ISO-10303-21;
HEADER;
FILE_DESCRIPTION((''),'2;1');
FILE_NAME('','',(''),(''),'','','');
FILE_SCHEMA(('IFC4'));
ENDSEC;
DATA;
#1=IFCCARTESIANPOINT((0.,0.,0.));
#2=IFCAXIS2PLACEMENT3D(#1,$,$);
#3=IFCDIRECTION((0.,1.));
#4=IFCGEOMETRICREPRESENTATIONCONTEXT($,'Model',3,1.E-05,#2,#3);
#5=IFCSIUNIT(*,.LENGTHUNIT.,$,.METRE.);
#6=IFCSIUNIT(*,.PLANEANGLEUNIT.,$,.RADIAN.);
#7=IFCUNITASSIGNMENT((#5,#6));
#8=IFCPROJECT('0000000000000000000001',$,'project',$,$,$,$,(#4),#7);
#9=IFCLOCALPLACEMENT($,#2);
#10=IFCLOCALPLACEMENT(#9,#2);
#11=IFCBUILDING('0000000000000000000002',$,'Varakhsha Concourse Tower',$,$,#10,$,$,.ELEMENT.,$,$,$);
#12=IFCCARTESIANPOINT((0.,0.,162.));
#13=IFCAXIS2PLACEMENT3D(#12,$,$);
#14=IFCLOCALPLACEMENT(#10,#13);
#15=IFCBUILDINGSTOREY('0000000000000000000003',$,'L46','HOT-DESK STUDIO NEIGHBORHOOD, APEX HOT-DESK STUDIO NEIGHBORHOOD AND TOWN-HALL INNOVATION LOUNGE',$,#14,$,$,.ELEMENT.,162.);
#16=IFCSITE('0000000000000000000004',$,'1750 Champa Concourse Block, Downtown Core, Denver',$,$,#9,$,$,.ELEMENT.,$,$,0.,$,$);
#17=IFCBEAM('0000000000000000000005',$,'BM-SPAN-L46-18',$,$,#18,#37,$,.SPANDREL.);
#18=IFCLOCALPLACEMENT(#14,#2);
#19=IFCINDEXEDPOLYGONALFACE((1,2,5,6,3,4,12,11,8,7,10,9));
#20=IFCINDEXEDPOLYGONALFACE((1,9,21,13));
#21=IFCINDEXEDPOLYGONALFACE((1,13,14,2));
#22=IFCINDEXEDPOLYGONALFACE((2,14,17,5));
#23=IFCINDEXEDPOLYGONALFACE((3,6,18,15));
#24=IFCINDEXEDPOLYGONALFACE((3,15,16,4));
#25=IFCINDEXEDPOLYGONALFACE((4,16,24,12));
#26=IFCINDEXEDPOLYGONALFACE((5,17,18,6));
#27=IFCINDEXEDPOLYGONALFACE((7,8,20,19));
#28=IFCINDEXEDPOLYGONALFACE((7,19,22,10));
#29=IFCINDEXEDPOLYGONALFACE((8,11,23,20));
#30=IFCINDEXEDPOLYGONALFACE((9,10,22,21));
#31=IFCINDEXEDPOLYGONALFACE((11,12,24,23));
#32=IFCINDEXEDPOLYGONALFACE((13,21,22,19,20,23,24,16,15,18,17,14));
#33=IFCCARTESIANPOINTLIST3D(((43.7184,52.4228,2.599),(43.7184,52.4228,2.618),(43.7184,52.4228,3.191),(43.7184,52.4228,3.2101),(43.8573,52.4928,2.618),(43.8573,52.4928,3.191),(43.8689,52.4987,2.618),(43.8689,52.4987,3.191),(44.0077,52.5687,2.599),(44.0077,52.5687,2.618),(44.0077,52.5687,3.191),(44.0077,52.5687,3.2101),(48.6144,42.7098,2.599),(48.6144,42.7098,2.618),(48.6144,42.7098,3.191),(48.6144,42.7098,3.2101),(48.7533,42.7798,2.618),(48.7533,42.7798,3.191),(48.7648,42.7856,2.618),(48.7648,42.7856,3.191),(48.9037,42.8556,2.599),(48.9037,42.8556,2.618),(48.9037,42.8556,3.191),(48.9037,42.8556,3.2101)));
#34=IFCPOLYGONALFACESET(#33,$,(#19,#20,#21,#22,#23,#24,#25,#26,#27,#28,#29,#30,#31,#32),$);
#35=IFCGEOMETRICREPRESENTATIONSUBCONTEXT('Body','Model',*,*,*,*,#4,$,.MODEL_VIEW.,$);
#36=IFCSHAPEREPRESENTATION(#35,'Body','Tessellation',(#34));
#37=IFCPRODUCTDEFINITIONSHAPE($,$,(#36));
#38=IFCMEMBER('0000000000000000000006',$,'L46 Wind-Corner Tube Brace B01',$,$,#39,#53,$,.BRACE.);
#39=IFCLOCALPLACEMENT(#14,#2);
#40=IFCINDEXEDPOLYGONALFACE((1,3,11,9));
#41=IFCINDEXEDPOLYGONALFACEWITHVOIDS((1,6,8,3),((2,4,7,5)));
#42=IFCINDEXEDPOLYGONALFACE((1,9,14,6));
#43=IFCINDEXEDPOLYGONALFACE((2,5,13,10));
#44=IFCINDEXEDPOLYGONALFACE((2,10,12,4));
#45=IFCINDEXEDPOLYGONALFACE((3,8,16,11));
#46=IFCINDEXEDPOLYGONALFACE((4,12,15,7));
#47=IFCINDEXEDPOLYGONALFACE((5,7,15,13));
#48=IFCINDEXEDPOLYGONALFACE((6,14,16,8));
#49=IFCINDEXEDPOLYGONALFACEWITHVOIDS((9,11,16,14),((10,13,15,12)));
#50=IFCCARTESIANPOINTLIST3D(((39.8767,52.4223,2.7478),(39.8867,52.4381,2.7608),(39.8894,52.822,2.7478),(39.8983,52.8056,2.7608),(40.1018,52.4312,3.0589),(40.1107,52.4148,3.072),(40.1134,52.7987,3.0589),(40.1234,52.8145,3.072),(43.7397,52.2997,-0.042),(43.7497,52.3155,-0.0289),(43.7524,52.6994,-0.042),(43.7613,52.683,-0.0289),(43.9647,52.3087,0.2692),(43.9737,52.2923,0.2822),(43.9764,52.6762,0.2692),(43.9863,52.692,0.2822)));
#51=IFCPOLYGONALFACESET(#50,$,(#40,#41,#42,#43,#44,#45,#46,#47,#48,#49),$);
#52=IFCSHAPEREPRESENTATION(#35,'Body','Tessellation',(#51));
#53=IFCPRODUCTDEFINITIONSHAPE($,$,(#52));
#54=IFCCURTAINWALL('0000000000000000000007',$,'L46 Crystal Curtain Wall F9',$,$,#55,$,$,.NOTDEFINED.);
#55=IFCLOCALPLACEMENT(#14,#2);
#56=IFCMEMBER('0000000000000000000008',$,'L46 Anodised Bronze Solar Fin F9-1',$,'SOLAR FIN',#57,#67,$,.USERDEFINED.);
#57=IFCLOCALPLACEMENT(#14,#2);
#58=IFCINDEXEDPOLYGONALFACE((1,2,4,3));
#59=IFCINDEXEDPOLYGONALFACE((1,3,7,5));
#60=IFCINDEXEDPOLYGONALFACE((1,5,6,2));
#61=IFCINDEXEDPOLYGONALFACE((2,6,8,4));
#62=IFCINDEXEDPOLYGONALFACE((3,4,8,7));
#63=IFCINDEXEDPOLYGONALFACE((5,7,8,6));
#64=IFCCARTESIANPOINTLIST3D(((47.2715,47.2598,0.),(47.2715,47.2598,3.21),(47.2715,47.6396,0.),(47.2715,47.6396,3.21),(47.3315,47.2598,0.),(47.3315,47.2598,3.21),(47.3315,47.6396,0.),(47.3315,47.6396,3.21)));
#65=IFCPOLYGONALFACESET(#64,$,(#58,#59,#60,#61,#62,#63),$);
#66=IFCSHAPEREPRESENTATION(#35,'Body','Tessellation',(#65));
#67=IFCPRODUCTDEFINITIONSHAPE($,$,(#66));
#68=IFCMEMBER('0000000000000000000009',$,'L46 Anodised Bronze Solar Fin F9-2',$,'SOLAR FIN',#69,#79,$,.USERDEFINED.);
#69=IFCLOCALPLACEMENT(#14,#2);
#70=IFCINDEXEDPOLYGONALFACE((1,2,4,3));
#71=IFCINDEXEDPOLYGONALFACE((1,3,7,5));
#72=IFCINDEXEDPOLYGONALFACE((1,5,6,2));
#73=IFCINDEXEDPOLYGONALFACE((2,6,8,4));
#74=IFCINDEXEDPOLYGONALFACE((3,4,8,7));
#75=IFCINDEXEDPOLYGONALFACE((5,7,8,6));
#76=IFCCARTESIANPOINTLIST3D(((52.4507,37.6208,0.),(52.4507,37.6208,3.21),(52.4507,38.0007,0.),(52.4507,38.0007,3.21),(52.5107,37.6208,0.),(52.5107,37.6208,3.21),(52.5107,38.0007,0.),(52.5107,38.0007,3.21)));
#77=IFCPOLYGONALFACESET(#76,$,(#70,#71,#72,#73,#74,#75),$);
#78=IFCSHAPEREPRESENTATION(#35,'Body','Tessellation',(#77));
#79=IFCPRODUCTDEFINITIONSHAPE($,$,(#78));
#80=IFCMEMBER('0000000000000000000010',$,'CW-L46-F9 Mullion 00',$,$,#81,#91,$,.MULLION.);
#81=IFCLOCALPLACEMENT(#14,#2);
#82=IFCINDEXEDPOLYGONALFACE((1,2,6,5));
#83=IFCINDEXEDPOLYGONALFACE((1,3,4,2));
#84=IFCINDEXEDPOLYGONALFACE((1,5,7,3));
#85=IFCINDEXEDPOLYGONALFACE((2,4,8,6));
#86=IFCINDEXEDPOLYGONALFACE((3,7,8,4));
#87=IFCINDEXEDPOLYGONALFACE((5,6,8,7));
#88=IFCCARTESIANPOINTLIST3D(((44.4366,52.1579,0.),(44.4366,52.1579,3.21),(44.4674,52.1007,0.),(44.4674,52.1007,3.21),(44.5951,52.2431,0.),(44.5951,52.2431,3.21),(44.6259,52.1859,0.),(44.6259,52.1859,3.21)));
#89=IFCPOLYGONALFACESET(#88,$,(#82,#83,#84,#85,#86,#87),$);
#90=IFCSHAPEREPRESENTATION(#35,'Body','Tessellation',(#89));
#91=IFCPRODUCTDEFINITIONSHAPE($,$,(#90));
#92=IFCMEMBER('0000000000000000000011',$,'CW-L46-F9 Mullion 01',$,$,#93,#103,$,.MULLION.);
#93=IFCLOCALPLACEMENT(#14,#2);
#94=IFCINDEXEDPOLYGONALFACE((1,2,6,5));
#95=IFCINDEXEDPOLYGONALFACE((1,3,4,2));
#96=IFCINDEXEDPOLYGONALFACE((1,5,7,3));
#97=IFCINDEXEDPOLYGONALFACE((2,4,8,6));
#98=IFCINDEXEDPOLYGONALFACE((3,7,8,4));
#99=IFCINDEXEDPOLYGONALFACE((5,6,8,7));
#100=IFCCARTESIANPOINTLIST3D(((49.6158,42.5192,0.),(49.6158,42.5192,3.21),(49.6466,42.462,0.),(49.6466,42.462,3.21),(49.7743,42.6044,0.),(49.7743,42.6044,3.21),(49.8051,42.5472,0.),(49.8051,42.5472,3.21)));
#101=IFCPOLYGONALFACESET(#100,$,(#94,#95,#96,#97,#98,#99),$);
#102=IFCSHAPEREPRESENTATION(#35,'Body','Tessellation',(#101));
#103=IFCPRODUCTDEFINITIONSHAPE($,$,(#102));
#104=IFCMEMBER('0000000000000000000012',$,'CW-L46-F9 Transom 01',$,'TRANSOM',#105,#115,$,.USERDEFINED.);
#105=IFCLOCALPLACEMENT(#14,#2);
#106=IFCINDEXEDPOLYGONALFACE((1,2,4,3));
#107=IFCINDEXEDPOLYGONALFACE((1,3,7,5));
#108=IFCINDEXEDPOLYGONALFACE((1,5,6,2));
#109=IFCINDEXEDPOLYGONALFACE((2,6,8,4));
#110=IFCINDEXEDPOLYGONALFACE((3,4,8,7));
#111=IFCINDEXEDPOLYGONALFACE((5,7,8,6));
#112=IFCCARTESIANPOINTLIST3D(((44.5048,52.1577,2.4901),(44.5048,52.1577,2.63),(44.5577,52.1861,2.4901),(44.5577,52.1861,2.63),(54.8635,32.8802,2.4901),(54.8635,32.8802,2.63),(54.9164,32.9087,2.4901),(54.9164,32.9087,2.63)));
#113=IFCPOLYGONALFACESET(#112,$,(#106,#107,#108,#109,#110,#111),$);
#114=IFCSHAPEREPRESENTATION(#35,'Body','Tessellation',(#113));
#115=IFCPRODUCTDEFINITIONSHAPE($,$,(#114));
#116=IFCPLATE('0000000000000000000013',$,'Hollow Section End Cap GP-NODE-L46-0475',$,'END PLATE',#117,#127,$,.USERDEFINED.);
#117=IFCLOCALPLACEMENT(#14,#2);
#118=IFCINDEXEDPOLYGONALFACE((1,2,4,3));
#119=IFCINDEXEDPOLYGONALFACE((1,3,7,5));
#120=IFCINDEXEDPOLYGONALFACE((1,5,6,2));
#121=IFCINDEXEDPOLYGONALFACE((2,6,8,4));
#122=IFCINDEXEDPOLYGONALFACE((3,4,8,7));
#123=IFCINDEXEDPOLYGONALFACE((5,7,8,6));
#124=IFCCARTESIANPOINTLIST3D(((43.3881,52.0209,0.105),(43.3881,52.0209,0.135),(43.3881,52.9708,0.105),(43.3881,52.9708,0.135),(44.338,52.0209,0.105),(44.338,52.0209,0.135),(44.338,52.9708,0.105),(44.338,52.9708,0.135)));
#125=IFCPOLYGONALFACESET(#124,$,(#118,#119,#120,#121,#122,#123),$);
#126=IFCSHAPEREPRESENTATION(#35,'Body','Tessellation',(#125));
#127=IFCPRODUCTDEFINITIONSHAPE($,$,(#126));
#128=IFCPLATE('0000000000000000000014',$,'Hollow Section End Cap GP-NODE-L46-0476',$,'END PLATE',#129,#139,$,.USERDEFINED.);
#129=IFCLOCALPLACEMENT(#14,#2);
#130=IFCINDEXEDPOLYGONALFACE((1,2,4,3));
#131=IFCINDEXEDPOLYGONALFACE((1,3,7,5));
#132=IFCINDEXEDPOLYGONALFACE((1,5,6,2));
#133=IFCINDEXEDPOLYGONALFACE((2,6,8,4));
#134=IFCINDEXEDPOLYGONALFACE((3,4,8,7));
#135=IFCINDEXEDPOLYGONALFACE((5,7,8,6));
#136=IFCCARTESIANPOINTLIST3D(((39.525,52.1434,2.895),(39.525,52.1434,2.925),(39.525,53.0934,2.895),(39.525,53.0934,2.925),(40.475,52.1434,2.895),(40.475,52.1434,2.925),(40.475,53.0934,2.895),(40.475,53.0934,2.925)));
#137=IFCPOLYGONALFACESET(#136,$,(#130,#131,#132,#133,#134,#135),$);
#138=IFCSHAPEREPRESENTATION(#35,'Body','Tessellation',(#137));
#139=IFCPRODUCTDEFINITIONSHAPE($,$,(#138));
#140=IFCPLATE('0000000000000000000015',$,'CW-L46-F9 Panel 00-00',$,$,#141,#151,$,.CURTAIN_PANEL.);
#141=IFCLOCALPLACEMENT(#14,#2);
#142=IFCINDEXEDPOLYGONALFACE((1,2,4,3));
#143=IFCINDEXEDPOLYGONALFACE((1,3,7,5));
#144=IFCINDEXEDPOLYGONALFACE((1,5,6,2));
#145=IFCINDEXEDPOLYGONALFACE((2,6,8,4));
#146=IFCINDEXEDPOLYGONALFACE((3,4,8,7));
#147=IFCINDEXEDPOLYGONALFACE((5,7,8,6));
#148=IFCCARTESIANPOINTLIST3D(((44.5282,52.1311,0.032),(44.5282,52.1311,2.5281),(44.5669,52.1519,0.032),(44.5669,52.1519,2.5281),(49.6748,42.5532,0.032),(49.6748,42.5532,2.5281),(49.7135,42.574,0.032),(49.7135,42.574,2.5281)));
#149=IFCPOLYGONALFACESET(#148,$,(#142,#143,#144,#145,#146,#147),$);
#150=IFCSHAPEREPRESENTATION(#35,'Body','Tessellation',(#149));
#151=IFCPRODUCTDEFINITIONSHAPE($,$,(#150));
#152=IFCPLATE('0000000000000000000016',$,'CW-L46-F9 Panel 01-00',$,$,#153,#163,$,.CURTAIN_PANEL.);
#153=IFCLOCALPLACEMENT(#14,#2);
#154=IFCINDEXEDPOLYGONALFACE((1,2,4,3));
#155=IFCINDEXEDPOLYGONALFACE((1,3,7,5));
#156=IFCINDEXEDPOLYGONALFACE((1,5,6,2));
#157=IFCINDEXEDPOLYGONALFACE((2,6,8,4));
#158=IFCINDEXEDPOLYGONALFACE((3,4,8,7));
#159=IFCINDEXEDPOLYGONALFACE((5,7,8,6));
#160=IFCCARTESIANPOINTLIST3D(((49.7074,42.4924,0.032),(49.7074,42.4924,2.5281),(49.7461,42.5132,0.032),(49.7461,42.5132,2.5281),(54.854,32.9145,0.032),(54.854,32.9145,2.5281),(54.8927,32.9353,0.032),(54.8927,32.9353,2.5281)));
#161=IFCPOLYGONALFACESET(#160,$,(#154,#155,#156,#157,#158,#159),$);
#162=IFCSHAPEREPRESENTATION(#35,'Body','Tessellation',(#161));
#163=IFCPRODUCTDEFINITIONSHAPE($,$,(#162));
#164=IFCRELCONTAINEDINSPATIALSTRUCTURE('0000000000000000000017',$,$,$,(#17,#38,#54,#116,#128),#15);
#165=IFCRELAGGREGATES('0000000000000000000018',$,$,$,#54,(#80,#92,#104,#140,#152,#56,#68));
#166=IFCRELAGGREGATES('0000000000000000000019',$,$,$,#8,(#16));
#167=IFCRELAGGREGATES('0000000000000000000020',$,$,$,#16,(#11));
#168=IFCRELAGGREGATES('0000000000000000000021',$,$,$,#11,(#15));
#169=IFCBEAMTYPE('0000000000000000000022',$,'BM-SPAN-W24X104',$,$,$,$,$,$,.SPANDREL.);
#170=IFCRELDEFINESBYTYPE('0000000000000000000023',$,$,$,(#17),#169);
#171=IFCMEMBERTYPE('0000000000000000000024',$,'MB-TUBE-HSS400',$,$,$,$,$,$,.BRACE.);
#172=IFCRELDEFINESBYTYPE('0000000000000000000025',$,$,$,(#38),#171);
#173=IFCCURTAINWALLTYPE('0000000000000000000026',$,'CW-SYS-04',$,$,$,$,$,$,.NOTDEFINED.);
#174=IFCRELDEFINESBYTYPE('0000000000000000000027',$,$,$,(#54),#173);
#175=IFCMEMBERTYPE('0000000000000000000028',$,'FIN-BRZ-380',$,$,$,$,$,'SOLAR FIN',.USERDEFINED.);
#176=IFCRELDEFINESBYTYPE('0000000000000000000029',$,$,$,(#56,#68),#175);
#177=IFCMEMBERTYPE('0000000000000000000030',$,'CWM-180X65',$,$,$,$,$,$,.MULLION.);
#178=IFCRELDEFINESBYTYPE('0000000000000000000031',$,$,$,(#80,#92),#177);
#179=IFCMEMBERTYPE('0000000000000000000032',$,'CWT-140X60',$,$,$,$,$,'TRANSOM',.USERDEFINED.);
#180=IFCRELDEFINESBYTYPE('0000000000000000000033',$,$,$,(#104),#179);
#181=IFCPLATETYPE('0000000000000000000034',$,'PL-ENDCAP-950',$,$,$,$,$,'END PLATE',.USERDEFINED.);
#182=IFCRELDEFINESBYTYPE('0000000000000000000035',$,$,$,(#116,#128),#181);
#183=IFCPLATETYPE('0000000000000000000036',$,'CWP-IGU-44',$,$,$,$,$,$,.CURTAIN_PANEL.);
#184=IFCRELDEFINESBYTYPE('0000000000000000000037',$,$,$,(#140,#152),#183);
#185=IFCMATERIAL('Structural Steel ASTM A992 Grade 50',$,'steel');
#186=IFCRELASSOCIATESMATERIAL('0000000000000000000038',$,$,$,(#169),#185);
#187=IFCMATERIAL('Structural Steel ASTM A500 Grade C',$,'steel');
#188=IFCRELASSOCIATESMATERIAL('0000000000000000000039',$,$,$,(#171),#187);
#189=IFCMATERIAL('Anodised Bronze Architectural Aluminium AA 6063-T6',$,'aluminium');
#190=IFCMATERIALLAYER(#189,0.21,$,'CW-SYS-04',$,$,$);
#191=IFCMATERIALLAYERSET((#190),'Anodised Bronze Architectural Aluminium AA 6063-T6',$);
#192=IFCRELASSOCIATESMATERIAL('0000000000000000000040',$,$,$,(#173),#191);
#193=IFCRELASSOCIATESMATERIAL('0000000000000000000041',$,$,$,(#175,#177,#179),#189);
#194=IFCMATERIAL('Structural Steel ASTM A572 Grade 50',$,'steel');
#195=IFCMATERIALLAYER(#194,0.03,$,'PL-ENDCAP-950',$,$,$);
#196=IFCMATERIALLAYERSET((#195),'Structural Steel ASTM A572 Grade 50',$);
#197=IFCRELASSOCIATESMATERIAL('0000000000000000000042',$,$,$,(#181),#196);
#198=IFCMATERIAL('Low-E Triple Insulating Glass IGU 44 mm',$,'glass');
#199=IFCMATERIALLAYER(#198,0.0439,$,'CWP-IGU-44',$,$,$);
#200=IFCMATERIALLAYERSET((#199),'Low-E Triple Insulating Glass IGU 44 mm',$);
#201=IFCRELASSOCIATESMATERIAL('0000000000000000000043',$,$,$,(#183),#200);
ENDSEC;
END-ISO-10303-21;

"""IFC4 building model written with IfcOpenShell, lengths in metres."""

from ifc_helpers import new_model, si_unit, direction, frame, origin, origin_2d, place, context, subcontext, project, spatial, rectangle, hollow_rectangle, i_section, extrude, source, transform, mapped, material, layer, layer_set, material_profile, profile_set, type_object, type_shapes, element, aggregate, save


model = new_model("IFC4")

# Units and contexts
model_context = context("Model", 3, precision=1e-05, world=origin(), true_north=direction((0.0, 1.0)))
body_context = subcontext(model_context, "Body", "Model", "MODEL_VIEW")
ifc_project = project(units=[si_unit("LENGTHUNIT", "METRE"), si_unit("PLANEANGLEUNIT", "RADIAN")], contexts=[model_context])

# Site, building, storey
site_placement = place(None, origin())
site = spatial("IfcSite", under=ifc_project, at=site_placement, Name="1750 Champa Concourse Block, Downtown Core, Denver", CompositionType="ELEMENT", RefElevation=0.0)
building_placement = place(site_placement, origin())
building = spatial("IfcBuilding", under=site, at=building_placement, Name="Varakhsha Concourse Tower", CompositionType="ELEMENT")
storey_placement = place(building_placement, frame((0.0, 0.0, 162.0)))
storey = spatial("IfcBuildingStorey", under=building, at=storey_placement, Name="L46", Description="HOT-DESK STUDIO NEIGHBORHOOD, APEX HOT-DESK STUDIO NEIGHBORHOOD AND TOWN-HALL INNOVATION LOUNGE", CompositionType="ELEMENT", Elevation=162.0)

# Shared definitions
ifc_material_1 = material(Name="Structural Steel ASTM A992 Grade 50", Category="steel")
ifc_material_2 = material(Name="Structural Steel ASTM A572 Grade 50", Category="steel")

# Beam
ifc_material_profile_1 = material_profile(ifc_material_1, i_section(OverallWidth=0.324, OverallDepth=0.6111, WebThickness=0.0129, FlangeThickness=0.019, at=origin_2d()), Name="W24X104")
ifc_profile_set_1 = profile_set([ifc_material_profile_1], Name="Structural Steel ASTM A992 Grade 50")
beam_type_1 = type_object("IfcBeamType", Name="BM-SPAN-W24X104", PredefinedType="SPANDREL", material=ifc_profile_set_1)
beam_1_placement = place(storey_placement, frame((48.759, 42.7827, 2.9045), z_axis=(-0.450111, 0.892973, 0.0), x_axis=(-0.892973, -0.450111, 0.0)))
element("IfcBeam", 1, at=beam_1_placement, inside=storey, type_object=beam_type_1, Name="BM-SPAN-L46-18", PredefinedType="SPANDREL", context=body_context, shape_type="SweptSolid", body=[
    extrude(i_section(OverallWidth=0.324, OverallDepth=0.6111, WebThickness=0.0129, FlangeThickness=0.019, at=origin_2d()), origin(), (0.0, 0.0, 1.0), 10.8772),
])

# Member
ifc_material_3 = material(Name="Structural Steel ASTM A500 Grade C", Category="steel")
ifc_material_profile_2 = material_profile(ifc_material_3, hollow_rectangle(XDim=0.3999, YDim=0.3999, WallThickness=0.0161, at=origin_2d()), Name="HSS 400x400x16")
ifc_profile_set_2 = profile_set([ifc_material_profile_2], Name="Structural Steel ASTM A500 Grade C")
member_type_1 = type_object("IfcMemberType", Name="MB-TUBE-HSS400", PredefinedType="BRACE", material=ifc_profile_set_2)
shared_shape_1 = source(origin(), body_context, "Body", "SweptSolid", [
    extrude(hollow_rectangle(XDim=0.3999, YDim=0.3999, WallThickness=0.0161, at=origin_2d()), origin(), (0.0, 0.0, 1.0), 4.7666),
])
type_shapes(member_type_1, [shared_shape_1])
member_1_placement = place(storey_placement, frame((43.863, 52.4958, 0.1201), z_axis=(-0.810429, 0.025712, 0.585273), x_axis=(-0.03171, -0.999497, 0.0)))
element("IfcMember", 2, at=member_1_placement, inside=storey, type_object=member_type_1, Name="L46 Wind-Corner Tube Brace B01", PredefinedType="BRACE", context=body_context, shape_type="MappedRepresentation", body=[
    mapped(shared_shape_1, transform((0.0, 0.0, 0.0), scale=1.0)),
])

# Curtain wall, members
ifc_material_4 = material(Name="Anodised Bronze Architectural Aluminium AA 6063-T6", Category="aluminium")
ifc_layer_1 = layer(ifc_material_4, 0.21, Name="CW-SYS-04")
ifc_layer_set_1 = layer_set([ifc_layer_1], Name="Anodised Bronze Architectural Aluminium AA 6063-T6")
curtain_wall_type = type_object("IfcCurtainWallType", Name="CW-SYS-04", PredefinedType="NOTDEFINED", material=ifc_layer_set_1)
curtain_wall_placement = place(storey_placement, origin())
curtain_wall = element("IfcCurtainWall", 3, at=curtain_wall_placement, inside=storey, type_object=curtain_wall_type, Name="L46 Crystal Curtain Wall F9", PredefinedType="NOTDEFINED")
ifc_material_profile_3 = material_profile(ifc_material_4, rectangle(XDim=0.0601, YDim=0.3799, at=origin_2d()), Name="FIN-BRZ-380")
ifc_profile_set_3 = profile_set([ifc_material_profile_3], Name="Anodised Bronze Architectural Aluminium AA 6063-T6")
member_type_2 = type_object("IfcMemberType", Name="FIN-BRZ-380", ElementType="SOLAR FIN", PredefinedType="USERDEFINED", material=ifc_profile_set_3)
shared_shape_2 = source(origin(), body_context, "Body", "SweptSolid", [
    extrude(rectangle(XDim=0.0601, YDim=0.3799, at=origin_2d()), origin(), (0.0, 0.0, 1.0), 3.21),
])
type_shapes(member_type_2, [shared_shape_2])
member_2_placement = place(storey_placement, frame((47.3015, 47.4497, 0.0), z_axis=(0.0, 0.0, 1.0), x_axis=(1.0, 0.0, 0.0)))
member_2 = element("IfcMember", 4, at=member_2_placement, type_object=member_type_2, Name="L46 Anodised Bronze Solar Fin F9-1", ObjectType="SOLAR FIN", PredefinedType="USERDEFINED", context=body_context, shape_type="MappedRepresentation", body=[
    mapped(shared_shape_2, transform((0.0, 0.0, 0.0), scale=1.0)),
])
member_3_placement = place(storey_placement, frame((52.4807, 37.8108, 0.0), z_axis=(0.0, 0.0, 1.0), x_axis=(1.0, 0.0, 0.0)))
member_3 = element("IfcMember", 5, at=member_3_placement, type_object=member_type_2, Name="L46 Anodised Bronze Solar Fin F9-2", ObjectType="SOLAR FIN", PredefinedType="USERDEFINED", context=body_context, shape_type="MappedRepresentation", body=[
    mapped(shared_shape_2, transform((0.0, 0.0, 0.0), scale=1.0)),
])
ifc_material_profile_4 = material_profile(ifc_material_4, rectangle(XDim=0.0649, YDim=0.1799, at=origin_2d()), Name="CWM-180X65")
ifc_profile_set_4 = profile_set([ifc_material_profile_4], Name="Anodised Bronze Architectural Aluminium AA 6063-T6")
member_type_3 = type_object("IfcMemberType", Name="CWM-180X65", PredefinedType="MULLION", material=ifc_profile_set_4)
shared_shape_3 = source(origin(), body_context, "Body", "SweptSolid", [
    extrude(rectangle(XDim=0.0649, YDim=0.1799, at=origin_2d()), origin(), (0.0, 0.0, 1.0), 3.21),
])
type_shapes(member_type_3, [shared_shape_3])
member_4_placement = place(storey_placement, frame((44.5312, 52.1719, 0.0), z_axis=(0.0, 0.0, 1.0), x_axis=(0.473337, -0.880882, 0.0)))
member_4 = element("IfcMember", 6, at=member_4_placement, type_object=member_type_3, Name="CW-L46-F9 Mullion 00", PredefinedType="MULLION", context=body_context, shape_type="MappedRepresentation", body=[
    mapped(shared_shape_3, transform((0.0, 0.0, 0.0), scale=1.0)),
])
member_5_placement = place(storey_placement, frame((49.7104, 42.5332, 0.0), z_axis=(0.0, 0.0, 1.0), x_axis=(0.473337, -0.880882, 0.0)))
member_5 = element("IfcMember", 7, at=member_5_placement, type_object=member_type_3, Name="CW-L46-F9 Mullion 01", PredefinedType="MULLION", context=body_context, shape_type="MappedRepresentation", body=[
    mapped(shared_shape_3, transform((0.0, 0.0, 0.0), scale=1.0)),
])
ifc_material_profile_5 = material_profile(ifc_material_4, rectangle(XDim=0.0601, YDim=0.1399, at=origin_2d()), Name="CWT-140X60")
ifc_profile_set_5 = profile_set([ifc_material_profile_5], Name="Anodised Bronze Architectural Aluminium AA 6063-T6")
member_type_4 = type_object("IfcMemberType", Name="CWT-140X60", ElementType="TRANSOM", PredefinedType="USERDEFINED", material=ifc_profile_set_5)
shared_shape_4 = source(origin(), body_context, "Body", "SweptSolid", [
    extrude(rectangle(XDim=0.0601, YDim=0.1399, at=origin_2d()), origin(), (0.0, 0.0, 1.0), 21.8843),
])
type_shapes(member_type_4, [shared_shape_4])
member_6_placement = place(storey_placement, frame((44.5312, 52.1719, 2.5601), z_axis=(0.473339, -0.88088, 0.0), x_axis=(0.88088, 0.473339, 0.0)))
member_6 = element("IfcMember", 8, at=member_6_placement, type_object=member_type_4, Name="CW-L46-F9 Transom 01", ObjectType="TRANSOM", PredefinedType="USERDEFINED", context=body_context, shape_type="MappedRepresentation", body=[
    mapped(shared_shape_4, transform((0.0, 0.0, 0.0), scale=1.0)),
])

# Plates
ifc_layer_2 = layer(ifc_material_2, 0.03, Name="PL-ENDCAP-950")
ifc_layer_set_2 = layer_set([ifc_layer_2], Name="Structural Steel ASTM A572 Grade 50")
plate_type_1 = type_object("IfcPlateType", Name="PL-ENDCAP-950", ElementType="END PLATE", PredefinedType="USERDEFINED", material=ifc_layer_set_2)
shared_shape_5 = source(origin(), body_context, "Body", "SweptSolid", [
    extrude(rectangle(XDim=0.95, YDim=0.95, at=origin_2d()), origin(), (0.0, 0.0, 1.0), 0.03),
])
type_shapes(plate_type_1, [shared_shape_5])
for number, where, z_axis, x_axis, name in (
    (9, (43.863, 52.4958, 0.105), (0.0, 0.0, 1.0), (1.0, 0.0, 0.0), "Hollow Section End Cap GP-NODE-L46-0475"),
    (10, (40.0, 52.6184, 2.895), (0.0, 0.0, 1.0), (1.0, 0.0, 0.0), "Hollow Section End Cap GP-NODE-L46-0476"),
):
    element("IfcPlate", number, at=place(storey_placement, frame(where, z_axis=z_axis, x_axis=x_axis)), inside=storey, type_object=plate_type_1, Name=name, ObjectType="END PLATE", PredefinedType="USERDEFINED", context=body_context, shape_type="MappedRepresentation", body=[
        mapped(shared_shape_5, transform((0.0, 0.0, 0.0), scale=1.0)),
    ])

# Plates
ifc_material_5 = material(Name="Low-E Triple Insulating Glass IGU 44 mm", Category="glass")
ifc_layer_3 = layer(ifc_material_5, 0.0439, Name="CWP-IGU-44")
ifc_layer_set_3 = layer_set([ifc_layer_3], Name="Low-E Triple Insulating Glass IGU 44 mm")
plate_type_2 = type_object("IfcPlateType", Name="CWP-IGU-44", PredefinedType="CURTAIN_PANEL", material=ifc_layer_set_3)
shared_shape_6 = source(origin(), body_context, "Body", "SweptSolid", [
    extrude(rectangle(XDim=10.873, YDim=0.0439, at=origin_2d()), origin(), (0.0, 0.0, 1.0), 2.4961),
])
type_shapes(plate_type_2, [shared_shape_6])
plate_1_placement = place(storey_placement, frame((47.1208, 47.3525, 0.032), z_axis=(0.0, 0.0, 1.0), x_axis=(0.473337, -0.880882, 0.0)))
plate_1 = element("IfcPlate", 11, at=plate_1_placement, type_object=plate_type_2, Name="CW-L46-F9 Panel 00-00", PredefinedType="CURTAIN_PANEL", context=body_context, shape_type="MappedRepresentation", body=[
    mapped(shared_shape_6, transform((0.0, 0.0, 0.0), scale=1.0)),
])
plate_2_placement = place(storey_placement, frame((52.3, 37.7139, 0.032), z_axis=(0.0, 0.0, 1.0), x_axis=(0.473337, -0.880882, 0.0)))
plate_2 = element("IfcPlate", 12, at=plate_2_placement, type_object=plate_type_2, Name="CW-L46-F9 Panel 01-00", PredefinedType="CURTAIN_PANEL", context=body_context, shape_type="MappedRepresentation", body=[
    mapped(shared_shape_6, transform((0.0, 0.0, 0.0), scale=1.0)),
])
aggregate(curtain_wall, [member_4, member_5, member_6, plate_1, plate_2, member_2, member_3])

save(model, "model.ifc")
